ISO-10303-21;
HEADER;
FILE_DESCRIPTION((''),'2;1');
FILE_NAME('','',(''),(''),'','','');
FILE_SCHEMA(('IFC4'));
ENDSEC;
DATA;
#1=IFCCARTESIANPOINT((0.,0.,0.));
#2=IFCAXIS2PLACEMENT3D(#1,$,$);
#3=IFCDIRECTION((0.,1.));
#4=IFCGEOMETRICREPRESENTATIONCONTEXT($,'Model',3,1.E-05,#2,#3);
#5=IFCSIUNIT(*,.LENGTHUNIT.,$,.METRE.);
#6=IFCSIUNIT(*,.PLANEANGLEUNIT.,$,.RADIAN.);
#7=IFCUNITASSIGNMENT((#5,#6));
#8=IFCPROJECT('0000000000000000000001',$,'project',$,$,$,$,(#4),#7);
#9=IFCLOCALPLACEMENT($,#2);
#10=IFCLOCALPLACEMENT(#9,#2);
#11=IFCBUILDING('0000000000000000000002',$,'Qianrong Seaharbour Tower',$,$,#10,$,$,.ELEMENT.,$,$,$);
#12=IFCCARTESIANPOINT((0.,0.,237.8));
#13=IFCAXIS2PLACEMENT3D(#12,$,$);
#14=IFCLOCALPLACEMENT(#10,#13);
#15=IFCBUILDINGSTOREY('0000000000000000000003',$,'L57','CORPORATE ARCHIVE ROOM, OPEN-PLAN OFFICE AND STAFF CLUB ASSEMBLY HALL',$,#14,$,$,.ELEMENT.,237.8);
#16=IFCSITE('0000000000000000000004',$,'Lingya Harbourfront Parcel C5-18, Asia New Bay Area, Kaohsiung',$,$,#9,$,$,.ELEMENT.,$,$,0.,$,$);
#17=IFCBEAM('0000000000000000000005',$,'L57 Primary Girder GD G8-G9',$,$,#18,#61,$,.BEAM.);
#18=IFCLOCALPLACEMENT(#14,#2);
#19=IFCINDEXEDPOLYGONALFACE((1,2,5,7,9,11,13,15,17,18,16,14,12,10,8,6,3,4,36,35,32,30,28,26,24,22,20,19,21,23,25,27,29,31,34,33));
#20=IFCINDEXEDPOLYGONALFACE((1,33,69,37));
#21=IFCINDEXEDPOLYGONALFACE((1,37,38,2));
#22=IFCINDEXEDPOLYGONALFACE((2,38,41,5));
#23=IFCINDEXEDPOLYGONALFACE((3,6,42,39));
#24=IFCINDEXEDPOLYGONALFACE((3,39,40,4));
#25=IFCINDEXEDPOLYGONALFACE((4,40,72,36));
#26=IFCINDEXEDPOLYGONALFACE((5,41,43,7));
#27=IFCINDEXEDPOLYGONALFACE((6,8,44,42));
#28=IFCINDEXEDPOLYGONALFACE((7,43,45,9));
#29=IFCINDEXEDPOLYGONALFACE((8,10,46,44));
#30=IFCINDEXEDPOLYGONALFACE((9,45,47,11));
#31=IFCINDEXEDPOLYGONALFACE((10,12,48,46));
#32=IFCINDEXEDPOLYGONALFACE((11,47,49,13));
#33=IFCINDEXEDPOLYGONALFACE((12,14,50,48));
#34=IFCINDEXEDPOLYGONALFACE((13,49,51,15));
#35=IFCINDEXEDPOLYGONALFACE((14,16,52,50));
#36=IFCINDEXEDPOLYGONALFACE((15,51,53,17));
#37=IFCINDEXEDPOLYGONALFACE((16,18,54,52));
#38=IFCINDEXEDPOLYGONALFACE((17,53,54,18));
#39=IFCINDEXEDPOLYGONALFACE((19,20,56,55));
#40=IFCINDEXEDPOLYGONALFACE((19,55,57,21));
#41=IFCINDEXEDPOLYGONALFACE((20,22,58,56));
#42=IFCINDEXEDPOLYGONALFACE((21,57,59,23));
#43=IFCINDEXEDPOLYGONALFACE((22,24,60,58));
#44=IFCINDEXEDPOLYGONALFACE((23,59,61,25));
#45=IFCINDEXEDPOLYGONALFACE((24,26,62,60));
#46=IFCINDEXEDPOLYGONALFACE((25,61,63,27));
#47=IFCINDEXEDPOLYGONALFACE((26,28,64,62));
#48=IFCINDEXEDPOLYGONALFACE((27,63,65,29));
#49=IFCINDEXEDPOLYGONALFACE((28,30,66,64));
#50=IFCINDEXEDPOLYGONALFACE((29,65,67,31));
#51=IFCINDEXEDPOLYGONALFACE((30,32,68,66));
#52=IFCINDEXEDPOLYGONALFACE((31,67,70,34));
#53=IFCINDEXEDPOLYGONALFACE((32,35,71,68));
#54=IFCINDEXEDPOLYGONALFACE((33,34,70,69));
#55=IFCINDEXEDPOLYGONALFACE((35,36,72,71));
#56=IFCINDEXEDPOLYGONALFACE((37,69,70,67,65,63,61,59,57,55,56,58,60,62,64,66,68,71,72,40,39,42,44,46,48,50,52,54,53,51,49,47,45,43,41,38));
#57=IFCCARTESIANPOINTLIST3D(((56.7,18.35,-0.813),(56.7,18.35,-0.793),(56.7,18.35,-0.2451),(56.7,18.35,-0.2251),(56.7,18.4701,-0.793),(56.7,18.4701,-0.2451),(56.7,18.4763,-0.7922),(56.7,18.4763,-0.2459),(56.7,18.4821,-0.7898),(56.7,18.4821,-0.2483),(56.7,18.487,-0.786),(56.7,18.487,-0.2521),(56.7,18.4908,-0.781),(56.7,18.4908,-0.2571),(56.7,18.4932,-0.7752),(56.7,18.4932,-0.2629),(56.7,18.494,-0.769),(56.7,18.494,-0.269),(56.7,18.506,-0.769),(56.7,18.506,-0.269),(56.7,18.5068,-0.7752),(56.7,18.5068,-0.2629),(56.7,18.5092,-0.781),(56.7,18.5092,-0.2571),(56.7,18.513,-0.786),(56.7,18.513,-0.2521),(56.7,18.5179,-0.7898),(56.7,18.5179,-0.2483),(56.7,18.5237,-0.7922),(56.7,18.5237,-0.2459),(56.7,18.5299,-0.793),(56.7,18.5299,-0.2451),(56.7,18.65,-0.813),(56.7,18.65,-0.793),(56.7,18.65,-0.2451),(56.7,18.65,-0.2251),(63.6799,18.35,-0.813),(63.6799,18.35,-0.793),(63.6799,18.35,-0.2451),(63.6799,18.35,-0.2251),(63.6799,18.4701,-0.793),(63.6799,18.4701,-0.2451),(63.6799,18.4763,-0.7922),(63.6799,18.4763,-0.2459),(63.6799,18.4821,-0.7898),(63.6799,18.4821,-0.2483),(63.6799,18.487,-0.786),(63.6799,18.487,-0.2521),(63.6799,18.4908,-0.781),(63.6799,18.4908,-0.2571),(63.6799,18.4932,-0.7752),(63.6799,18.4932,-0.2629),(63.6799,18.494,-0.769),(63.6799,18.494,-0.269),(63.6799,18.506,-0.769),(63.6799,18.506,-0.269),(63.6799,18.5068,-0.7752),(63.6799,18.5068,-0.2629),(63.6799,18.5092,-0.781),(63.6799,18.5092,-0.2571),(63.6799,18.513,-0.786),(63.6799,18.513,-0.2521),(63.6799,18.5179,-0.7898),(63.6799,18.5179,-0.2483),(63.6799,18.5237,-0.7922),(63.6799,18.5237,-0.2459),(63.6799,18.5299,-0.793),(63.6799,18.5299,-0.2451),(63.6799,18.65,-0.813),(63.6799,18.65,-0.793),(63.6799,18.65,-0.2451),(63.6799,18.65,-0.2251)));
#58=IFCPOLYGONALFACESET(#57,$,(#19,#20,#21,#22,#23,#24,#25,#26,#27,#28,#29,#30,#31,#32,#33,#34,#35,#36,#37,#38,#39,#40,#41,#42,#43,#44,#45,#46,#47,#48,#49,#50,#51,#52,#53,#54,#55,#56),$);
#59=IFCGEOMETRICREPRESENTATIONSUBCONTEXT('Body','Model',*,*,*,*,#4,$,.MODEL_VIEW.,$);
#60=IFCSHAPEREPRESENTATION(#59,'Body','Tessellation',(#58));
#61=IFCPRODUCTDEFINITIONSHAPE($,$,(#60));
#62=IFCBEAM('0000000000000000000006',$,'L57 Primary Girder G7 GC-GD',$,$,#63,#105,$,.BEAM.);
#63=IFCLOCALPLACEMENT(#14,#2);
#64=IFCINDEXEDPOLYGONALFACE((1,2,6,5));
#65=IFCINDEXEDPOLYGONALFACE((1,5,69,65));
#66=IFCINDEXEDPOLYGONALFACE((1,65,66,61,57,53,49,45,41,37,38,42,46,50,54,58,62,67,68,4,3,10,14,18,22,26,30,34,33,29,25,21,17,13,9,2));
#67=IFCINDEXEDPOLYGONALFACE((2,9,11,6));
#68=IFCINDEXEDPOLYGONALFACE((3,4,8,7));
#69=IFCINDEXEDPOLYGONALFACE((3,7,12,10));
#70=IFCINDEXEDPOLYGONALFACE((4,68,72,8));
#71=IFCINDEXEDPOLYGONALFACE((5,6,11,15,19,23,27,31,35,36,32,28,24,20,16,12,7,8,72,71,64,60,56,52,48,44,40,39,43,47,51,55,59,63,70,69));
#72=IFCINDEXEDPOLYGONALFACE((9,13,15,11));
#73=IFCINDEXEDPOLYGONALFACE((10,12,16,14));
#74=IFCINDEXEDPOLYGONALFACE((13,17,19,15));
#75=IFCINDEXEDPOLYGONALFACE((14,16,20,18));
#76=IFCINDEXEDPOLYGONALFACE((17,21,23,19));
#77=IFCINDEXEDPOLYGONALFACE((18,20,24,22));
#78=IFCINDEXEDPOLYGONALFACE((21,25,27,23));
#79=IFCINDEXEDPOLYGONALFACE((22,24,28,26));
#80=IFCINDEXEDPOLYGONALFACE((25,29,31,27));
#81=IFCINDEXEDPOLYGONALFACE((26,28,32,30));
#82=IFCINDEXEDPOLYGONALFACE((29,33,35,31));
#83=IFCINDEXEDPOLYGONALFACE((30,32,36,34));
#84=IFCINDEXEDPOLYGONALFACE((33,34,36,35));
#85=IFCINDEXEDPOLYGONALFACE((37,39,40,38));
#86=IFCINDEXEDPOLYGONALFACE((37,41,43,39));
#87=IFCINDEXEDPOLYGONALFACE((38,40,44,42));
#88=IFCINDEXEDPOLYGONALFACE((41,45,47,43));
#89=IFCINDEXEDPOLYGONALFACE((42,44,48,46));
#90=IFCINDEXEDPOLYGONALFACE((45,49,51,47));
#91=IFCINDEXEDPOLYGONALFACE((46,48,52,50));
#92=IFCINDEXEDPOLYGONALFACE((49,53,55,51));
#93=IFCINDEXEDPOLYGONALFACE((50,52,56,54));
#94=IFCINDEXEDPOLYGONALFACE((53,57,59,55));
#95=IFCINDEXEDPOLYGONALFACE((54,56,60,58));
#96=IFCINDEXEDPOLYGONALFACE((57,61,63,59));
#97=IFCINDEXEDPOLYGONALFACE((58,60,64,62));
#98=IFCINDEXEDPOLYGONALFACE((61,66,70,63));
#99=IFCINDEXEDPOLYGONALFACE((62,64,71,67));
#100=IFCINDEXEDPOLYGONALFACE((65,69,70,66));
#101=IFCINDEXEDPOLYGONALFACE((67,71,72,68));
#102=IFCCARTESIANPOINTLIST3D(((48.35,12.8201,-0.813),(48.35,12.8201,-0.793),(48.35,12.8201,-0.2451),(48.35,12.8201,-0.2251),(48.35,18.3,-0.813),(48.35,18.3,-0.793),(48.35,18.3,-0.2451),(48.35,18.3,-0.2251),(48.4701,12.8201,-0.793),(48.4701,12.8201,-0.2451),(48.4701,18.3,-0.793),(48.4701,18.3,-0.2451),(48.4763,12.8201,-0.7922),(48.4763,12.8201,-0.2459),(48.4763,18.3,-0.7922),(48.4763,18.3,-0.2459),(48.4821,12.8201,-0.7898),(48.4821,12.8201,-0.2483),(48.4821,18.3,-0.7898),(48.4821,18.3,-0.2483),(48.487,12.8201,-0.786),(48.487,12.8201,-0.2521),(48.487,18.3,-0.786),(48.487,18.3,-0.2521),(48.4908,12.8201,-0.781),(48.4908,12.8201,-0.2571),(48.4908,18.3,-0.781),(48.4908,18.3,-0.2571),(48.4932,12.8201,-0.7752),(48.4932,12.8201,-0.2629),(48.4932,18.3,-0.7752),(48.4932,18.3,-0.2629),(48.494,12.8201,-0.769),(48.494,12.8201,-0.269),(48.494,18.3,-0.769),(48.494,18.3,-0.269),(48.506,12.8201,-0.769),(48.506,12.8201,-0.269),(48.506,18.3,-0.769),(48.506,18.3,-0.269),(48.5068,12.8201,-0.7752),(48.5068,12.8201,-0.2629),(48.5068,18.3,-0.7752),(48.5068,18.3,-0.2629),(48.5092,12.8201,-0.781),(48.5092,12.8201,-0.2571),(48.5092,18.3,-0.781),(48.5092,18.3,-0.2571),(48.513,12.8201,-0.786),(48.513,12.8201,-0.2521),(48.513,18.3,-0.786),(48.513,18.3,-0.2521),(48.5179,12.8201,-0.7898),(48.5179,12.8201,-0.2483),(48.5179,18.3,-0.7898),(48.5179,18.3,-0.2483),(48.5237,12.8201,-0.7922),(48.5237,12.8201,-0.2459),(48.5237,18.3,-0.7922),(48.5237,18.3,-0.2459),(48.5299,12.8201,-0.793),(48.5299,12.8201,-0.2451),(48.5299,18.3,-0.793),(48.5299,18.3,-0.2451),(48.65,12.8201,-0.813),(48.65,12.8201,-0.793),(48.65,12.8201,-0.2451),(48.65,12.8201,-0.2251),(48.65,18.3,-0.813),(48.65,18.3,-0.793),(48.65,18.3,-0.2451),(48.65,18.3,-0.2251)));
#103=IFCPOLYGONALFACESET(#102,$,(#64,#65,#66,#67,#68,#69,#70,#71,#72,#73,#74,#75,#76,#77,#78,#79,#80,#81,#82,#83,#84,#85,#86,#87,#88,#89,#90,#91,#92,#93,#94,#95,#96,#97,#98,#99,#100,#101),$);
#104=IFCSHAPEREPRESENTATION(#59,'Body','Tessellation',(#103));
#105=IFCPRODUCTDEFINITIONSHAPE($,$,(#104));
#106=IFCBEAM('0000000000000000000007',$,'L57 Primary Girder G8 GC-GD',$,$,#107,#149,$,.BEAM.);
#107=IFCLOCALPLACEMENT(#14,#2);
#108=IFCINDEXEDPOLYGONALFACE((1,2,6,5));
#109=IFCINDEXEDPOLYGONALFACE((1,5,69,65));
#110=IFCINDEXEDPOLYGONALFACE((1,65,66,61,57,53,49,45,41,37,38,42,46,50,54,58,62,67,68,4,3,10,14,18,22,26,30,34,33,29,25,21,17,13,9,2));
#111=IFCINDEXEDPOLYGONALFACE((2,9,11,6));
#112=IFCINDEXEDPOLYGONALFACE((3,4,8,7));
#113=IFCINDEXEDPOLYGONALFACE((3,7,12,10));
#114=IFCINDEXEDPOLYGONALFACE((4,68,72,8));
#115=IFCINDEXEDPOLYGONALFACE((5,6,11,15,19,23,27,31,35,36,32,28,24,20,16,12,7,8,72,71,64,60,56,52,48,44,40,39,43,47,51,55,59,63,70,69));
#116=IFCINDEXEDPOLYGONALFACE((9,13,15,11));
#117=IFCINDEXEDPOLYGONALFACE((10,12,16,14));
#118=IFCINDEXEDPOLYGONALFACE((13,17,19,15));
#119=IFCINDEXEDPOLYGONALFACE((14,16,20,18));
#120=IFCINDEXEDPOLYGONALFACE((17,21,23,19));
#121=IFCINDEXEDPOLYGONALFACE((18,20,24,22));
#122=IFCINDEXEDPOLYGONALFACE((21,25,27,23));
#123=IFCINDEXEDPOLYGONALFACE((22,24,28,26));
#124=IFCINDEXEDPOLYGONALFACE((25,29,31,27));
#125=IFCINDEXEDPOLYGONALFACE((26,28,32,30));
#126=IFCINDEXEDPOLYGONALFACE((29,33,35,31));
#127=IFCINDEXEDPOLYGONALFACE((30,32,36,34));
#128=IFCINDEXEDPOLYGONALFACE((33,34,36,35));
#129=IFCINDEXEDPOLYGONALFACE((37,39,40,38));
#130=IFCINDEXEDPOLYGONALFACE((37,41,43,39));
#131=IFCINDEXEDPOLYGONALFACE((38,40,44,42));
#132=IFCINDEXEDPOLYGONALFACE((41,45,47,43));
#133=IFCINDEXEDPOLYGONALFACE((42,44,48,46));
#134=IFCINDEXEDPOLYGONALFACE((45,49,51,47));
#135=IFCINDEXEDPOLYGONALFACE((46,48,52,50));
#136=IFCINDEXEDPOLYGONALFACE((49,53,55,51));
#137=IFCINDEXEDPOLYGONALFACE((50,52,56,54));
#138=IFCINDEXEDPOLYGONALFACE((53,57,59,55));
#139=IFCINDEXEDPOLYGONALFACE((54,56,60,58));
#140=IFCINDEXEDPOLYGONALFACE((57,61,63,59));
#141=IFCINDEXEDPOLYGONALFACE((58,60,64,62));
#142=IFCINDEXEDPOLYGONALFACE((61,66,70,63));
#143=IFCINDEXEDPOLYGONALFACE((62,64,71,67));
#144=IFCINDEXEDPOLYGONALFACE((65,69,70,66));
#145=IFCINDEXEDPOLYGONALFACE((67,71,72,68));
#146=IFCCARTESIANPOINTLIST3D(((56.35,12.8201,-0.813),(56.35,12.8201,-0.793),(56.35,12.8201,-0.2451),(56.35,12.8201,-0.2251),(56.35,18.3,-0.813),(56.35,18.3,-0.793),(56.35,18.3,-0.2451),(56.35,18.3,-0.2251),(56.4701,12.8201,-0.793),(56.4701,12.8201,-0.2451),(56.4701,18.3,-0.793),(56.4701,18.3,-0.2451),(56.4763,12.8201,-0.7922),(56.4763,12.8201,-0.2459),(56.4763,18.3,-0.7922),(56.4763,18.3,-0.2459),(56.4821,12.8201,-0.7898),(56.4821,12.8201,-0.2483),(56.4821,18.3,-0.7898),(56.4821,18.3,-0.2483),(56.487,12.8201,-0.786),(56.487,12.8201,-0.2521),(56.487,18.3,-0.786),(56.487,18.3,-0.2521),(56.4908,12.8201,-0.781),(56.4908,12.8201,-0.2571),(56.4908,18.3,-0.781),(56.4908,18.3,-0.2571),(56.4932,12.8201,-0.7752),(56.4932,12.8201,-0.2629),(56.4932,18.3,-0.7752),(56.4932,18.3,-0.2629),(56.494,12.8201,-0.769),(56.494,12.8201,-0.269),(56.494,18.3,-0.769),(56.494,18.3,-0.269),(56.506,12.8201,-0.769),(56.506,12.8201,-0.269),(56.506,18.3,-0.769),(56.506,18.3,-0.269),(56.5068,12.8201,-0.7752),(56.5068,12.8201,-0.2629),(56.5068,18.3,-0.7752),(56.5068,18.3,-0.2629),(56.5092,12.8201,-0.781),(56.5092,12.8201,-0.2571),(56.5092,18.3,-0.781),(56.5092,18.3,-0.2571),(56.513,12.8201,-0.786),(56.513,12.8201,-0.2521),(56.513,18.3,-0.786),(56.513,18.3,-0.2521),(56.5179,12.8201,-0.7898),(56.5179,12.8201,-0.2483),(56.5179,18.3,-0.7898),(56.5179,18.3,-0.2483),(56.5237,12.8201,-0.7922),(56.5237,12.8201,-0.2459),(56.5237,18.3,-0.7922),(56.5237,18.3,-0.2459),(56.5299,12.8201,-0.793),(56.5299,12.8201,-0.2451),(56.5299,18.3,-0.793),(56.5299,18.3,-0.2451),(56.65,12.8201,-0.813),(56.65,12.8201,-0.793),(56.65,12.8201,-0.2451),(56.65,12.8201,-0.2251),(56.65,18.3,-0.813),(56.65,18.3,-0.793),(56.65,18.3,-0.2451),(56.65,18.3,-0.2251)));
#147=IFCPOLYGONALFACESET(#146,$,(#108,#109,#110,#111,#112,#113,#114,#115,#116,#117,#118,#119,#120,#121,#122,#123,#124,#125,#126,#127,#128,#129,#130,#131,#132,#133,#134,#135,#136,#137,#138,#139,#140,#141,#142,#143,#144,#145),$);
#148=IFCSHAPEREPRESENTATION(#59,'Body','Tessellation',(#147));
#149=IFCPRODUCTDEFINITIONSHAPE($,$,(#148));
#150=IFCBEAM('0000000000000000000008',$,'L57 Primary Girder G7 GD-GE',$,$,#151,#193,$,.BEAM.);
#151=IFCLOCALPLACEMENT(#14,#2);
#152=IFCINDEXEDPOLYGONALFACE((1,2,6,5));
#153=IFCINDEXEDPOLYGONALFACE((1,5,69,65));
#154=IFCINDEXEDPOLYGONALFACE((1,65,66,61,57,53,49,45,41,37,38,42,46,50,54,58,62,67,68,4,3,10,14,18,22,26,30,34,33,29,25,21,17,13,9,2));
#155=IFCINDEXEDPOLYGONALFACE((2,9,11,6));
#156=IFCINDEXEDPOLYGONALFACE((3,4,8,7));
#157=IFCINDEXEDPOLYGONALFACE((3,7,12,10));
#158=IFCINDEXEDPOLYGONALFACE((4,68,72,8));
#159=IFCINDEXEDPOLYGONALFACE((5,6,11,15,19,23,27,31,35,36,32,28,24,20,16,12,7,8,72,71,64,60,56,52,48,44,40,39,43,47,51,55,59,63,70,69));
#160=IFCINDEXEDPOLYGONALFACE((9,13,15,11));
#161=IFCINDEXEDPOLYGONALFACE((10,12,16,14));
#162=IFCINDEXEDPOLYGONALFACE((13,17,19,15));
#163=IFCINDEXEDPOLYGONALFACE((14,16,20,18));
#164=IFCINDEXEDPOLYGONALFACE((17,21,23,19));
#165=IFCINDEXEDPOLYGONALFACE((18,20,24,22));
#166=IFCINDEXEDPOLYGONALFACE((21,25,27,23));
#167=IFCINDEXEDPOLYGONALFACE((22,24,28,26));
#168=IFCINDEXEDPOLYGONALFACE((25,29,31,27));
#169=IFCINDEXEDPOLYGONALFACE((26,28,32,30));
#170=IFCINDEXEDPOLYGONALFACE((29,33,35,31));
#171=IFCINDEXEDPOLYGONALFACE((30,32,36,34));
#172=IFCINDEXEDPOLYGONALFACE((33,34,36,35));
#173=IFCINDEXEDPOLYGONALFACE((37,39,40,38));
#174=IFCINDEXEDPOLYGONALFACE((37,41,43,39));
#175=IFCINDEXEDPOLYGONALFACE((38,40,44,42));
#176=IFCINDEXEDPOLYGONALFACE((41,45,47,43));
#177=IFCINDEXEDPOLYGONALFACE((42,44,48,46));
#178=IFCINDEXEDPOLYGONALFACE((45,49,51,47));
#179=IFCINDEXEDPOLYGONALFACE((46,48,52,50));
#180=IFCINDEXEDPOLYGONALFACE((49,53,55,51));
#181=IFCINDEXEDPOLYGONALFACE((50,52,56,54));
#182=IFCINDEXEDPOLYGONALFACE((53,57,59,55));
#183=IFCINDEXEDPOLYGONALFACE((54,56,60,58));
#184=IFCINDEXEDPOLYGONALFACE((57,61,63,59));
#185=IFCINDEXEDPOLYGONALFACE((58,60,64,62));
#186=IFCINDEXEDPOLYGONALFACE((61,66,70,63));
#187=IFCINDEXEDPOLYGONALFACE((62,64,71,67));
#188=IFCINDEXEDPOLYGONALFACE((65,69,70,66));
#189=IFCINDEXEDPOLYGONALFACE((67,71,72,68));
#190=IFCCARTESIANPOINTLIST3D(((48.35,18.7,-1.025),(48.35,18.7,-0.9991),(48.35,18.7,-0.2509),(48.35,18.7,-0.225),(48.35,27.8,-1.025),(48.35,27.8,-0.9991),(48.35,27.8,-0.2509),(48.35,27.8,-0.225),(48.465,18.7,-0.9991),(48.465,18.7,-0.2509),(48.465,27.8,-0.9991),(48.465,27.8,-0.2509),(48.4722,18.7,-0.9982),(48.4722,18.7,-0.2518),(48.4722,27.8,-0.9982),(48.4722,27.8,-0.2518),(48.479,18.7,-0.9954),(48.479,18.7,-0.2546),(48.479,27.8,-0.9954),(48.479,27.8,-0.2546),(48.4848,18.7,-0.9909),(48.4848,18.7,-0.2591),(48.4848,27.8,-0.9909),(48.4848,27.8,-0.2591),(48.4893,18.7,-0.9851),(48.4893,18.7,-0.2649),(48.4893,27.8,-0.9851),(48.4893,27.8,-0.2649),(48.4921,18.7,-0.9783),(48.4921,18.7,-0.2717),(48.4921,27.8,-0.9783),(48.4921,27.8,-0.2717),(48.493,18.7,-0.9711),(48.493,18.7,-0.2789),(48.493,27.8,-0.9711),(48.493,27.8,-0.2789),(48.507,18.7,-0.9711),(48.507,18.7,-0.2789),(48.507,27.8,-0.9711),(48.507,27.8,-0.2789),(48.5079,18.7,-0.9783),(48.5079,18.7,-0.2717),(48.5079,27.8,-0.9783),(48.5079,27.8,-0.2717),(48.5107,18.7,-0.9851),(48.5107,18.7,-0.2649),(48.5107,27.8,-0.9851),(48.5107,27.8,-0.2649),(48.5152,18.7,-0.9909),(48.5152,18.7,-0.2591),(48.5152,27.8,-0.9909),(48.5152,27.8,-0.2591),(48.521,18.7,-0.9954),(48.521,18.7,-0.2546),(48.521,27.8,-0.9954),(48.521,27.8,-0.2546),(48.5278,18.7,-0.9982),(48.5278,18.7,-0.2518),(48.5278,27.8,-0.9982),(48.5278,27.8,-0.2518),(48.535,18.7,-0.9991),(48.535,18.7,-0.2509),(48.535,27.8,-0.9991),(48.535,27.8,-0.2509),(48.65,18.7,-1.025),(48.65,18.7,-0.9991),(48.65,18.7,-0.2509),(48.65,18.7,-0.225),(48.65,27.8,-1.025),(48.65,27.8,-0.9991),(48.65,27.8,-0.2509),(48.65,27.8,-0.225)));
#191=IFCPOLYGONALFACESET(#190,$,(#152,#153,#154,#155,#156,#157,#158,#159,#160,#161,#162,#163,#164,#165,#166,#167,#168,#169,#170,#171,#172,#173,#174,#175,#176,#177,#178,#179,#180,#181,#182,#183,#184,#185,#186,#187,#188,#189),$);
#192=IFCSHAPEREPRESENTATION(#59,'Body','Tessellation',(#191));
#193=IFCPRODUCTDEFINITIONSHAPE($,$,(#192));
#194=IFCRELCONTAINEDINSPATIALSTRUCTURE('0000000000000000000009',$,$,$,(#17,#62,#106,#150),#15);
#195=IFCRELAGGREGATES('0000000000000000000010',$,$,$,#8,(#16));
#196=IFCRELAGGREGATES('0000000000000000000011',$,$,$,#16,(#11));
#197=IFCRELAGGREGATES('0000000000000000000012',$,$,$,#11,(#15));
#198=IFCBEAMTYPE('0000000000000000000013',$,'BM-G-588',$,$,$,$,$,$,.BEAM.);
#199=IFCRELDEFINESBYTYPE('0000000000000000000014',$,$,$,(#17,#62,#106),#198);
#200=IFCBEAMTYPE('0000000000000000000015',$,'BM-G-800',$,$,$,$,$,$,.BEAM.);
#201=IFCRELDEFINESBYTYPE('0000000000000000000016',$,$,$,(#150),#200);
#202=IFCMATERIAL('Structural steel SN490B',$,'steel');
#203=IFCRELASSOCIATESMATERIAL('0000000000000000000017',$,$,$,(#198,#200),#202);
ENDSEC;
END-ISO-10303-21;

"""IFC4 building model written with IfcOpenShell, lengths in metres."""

from ifc_helpers import new_model, si_unit, direction, frame, origin, origin_2d, place, context, subcontext, project, spatial, i_section, extrude, material, material_profile, profile_set, type_object, element, save


model = new_model("IFC4")

# Units and contexts
model_context = context("Model", 3, precision=1e-05, world=origin(), true_north=direction((0.0, 1.0)))
body_context = subcontext(model_context, "Body", "Model", "MODEL_VIEW")
ifc_project = project(units=[si_unit("LENGTHUNIT", "METRE"), si_unit("PLANEANGLEUNIT", "RADIAN")], contexts=[model_context])

# Site, building, storey
site_placement = place(None, origin())
site = spatial("IfcSite", under=ifc_project, at=site_placement, Name="Lingya Harbourfront Parcel C5-18, Asia New Bay Area, Kaohsiung", CompositionType="ELEMENT", RefElevation=0.0)
building_placement = place(site_placement, origin())
building = spatial("IfcBuilding", under=site, at=building_placement, Name="Qianrong Seaharbour Tower", CompositionType="ELEMENT")
storey_placement = place(building_placement, frame((0.0, 0.0, 237.8)))
storey = spatial("IfcBuildingStorey", under=building, at=storey_placement, Name="L57", Description="CORPORATE ARCHIVE ROOM, OPEN-PLAN OFFICE AND STAFF CLUB ASSEMBLY HALL", CompositionType="ELEMENT", Elevation=237.8)

# Shared definitions
ifc_material_1 = material(Name="Structural steel SN490B", Category="steel")

# Beams
ifc_material_profile_1 = material_profile(ifc_material_1, i_section(OverallWidth=0.3, OverallDepth=0.5879, WebThickness=0.012, FlangeThickness=0.02, FilletRadius=0.0239, at=origin_2d()), Name="H588x300x12x20")
ifc_profile_set_1 = profile_set([ifc_material_profile_1], Name="Structural steel SN490B")
beam_type_1 = type_object("IfcBeamType", Name="BM-G-588", PredefinedType="BEAM", material=ifc_profile_set_1)
beam_1_placement = place(storey_placement, frame((56.7, 18.5, -0.519), z_axis=(1.0, 0.0, 0.0), x_axis=(0.0, 1.0, 0.0)))
element("IfcBeam", 1, at=beam_1_placement, inside=storey, type_object=beam_type_1, Name="L57 Primary Girder GD G8-G9", PredefinedType="BEAM", context=body_context, shape_type="SweptSolid", body=[
    extrude(i_section(OverallWidth=0.3, OverallDepth=0.5879, WebThickness=0.012, FlangeThickness=0.02, FilletRadius=0.0239, at=origin_2d()), origin(), (0.0, 0.0, 1.0), 6.98),
])
for number, where, z_axis, x_axis, name in (
    (2, (48.5, 12.8201, -0.519), (0.0, 1.0, 0.0), (-1.0, 0.0, 0.0), "L57 Primary Girder G7 GC-GD"),
    (3, (56.5, 12.8201, -0.519), (0.0, 1.0, 0.0), (-1.0, 0.0, 0.0), "L57 Primary Girder G8 GC-GD"),
):
    element("IfcBeam", number, at=place(storey_placement, frame(where, z_axis=z_axis, x_axis=x_axis)), inside=storey, type_object=beam_type_1, Name=name, PredefinedType="BEAM", context=body_context, shape_type="SweptSolid", body=[
        extrude(i_section(OverallWidth=0.3, OverallDepth=0.5879, WebThickness=0.012, FlangeThickness=0.02, FilletRadius=0.0239, at=origin_2d()), origin(), (0.0, 0.0, 1.0), 5.48),
    ])
ifc_material_profile_2 = material_profile(ifc_material_1, i_section(OverallWidth=0.3, OverallDepth=0.8, WebThickness=0.0139, FlangeThickness=0.0259, FilletRadius=0.0281, at=origin_2d()), Name="H800x300x14x26")
ifc_profile_set_2 = profile_set([ifc_material_profile_2], Name="Structural steel SN490B")
beam_type_2 = type_object("IfcBeamType", Name="BM-G-800", PredefinedType="BEAM", material=ifc_profile_set_2)
for number, where, z_axis, x_axis, name in (
    (4, (48.5, 18.7, -0.625), (0.0, 1.0, 0.0), (-1.0, 0.0, 0.0), "L57 Primary Girder G7 GD-GE"),
):
    element("IfcBeam", number, at=place(storey_placement, frame(where, z_axis=z_axis, x_axis=x_axis)), inside=storey, type_object=beam_type_2, Name=name, PredefinedType="BEAM", context=body_context, shape_type="SweptSolid", body=[
        extrude(i_section(OverallWidth=0.3, OverallDepth=0.8, WebThickness=0.0139, FlangeThickness=0.0259, FilletRadius=0.0281, at=origin_2d()), origin(), (0.0, 0.0, 1.0), 9.1001),
    ])

save(model, "model.ifc")
